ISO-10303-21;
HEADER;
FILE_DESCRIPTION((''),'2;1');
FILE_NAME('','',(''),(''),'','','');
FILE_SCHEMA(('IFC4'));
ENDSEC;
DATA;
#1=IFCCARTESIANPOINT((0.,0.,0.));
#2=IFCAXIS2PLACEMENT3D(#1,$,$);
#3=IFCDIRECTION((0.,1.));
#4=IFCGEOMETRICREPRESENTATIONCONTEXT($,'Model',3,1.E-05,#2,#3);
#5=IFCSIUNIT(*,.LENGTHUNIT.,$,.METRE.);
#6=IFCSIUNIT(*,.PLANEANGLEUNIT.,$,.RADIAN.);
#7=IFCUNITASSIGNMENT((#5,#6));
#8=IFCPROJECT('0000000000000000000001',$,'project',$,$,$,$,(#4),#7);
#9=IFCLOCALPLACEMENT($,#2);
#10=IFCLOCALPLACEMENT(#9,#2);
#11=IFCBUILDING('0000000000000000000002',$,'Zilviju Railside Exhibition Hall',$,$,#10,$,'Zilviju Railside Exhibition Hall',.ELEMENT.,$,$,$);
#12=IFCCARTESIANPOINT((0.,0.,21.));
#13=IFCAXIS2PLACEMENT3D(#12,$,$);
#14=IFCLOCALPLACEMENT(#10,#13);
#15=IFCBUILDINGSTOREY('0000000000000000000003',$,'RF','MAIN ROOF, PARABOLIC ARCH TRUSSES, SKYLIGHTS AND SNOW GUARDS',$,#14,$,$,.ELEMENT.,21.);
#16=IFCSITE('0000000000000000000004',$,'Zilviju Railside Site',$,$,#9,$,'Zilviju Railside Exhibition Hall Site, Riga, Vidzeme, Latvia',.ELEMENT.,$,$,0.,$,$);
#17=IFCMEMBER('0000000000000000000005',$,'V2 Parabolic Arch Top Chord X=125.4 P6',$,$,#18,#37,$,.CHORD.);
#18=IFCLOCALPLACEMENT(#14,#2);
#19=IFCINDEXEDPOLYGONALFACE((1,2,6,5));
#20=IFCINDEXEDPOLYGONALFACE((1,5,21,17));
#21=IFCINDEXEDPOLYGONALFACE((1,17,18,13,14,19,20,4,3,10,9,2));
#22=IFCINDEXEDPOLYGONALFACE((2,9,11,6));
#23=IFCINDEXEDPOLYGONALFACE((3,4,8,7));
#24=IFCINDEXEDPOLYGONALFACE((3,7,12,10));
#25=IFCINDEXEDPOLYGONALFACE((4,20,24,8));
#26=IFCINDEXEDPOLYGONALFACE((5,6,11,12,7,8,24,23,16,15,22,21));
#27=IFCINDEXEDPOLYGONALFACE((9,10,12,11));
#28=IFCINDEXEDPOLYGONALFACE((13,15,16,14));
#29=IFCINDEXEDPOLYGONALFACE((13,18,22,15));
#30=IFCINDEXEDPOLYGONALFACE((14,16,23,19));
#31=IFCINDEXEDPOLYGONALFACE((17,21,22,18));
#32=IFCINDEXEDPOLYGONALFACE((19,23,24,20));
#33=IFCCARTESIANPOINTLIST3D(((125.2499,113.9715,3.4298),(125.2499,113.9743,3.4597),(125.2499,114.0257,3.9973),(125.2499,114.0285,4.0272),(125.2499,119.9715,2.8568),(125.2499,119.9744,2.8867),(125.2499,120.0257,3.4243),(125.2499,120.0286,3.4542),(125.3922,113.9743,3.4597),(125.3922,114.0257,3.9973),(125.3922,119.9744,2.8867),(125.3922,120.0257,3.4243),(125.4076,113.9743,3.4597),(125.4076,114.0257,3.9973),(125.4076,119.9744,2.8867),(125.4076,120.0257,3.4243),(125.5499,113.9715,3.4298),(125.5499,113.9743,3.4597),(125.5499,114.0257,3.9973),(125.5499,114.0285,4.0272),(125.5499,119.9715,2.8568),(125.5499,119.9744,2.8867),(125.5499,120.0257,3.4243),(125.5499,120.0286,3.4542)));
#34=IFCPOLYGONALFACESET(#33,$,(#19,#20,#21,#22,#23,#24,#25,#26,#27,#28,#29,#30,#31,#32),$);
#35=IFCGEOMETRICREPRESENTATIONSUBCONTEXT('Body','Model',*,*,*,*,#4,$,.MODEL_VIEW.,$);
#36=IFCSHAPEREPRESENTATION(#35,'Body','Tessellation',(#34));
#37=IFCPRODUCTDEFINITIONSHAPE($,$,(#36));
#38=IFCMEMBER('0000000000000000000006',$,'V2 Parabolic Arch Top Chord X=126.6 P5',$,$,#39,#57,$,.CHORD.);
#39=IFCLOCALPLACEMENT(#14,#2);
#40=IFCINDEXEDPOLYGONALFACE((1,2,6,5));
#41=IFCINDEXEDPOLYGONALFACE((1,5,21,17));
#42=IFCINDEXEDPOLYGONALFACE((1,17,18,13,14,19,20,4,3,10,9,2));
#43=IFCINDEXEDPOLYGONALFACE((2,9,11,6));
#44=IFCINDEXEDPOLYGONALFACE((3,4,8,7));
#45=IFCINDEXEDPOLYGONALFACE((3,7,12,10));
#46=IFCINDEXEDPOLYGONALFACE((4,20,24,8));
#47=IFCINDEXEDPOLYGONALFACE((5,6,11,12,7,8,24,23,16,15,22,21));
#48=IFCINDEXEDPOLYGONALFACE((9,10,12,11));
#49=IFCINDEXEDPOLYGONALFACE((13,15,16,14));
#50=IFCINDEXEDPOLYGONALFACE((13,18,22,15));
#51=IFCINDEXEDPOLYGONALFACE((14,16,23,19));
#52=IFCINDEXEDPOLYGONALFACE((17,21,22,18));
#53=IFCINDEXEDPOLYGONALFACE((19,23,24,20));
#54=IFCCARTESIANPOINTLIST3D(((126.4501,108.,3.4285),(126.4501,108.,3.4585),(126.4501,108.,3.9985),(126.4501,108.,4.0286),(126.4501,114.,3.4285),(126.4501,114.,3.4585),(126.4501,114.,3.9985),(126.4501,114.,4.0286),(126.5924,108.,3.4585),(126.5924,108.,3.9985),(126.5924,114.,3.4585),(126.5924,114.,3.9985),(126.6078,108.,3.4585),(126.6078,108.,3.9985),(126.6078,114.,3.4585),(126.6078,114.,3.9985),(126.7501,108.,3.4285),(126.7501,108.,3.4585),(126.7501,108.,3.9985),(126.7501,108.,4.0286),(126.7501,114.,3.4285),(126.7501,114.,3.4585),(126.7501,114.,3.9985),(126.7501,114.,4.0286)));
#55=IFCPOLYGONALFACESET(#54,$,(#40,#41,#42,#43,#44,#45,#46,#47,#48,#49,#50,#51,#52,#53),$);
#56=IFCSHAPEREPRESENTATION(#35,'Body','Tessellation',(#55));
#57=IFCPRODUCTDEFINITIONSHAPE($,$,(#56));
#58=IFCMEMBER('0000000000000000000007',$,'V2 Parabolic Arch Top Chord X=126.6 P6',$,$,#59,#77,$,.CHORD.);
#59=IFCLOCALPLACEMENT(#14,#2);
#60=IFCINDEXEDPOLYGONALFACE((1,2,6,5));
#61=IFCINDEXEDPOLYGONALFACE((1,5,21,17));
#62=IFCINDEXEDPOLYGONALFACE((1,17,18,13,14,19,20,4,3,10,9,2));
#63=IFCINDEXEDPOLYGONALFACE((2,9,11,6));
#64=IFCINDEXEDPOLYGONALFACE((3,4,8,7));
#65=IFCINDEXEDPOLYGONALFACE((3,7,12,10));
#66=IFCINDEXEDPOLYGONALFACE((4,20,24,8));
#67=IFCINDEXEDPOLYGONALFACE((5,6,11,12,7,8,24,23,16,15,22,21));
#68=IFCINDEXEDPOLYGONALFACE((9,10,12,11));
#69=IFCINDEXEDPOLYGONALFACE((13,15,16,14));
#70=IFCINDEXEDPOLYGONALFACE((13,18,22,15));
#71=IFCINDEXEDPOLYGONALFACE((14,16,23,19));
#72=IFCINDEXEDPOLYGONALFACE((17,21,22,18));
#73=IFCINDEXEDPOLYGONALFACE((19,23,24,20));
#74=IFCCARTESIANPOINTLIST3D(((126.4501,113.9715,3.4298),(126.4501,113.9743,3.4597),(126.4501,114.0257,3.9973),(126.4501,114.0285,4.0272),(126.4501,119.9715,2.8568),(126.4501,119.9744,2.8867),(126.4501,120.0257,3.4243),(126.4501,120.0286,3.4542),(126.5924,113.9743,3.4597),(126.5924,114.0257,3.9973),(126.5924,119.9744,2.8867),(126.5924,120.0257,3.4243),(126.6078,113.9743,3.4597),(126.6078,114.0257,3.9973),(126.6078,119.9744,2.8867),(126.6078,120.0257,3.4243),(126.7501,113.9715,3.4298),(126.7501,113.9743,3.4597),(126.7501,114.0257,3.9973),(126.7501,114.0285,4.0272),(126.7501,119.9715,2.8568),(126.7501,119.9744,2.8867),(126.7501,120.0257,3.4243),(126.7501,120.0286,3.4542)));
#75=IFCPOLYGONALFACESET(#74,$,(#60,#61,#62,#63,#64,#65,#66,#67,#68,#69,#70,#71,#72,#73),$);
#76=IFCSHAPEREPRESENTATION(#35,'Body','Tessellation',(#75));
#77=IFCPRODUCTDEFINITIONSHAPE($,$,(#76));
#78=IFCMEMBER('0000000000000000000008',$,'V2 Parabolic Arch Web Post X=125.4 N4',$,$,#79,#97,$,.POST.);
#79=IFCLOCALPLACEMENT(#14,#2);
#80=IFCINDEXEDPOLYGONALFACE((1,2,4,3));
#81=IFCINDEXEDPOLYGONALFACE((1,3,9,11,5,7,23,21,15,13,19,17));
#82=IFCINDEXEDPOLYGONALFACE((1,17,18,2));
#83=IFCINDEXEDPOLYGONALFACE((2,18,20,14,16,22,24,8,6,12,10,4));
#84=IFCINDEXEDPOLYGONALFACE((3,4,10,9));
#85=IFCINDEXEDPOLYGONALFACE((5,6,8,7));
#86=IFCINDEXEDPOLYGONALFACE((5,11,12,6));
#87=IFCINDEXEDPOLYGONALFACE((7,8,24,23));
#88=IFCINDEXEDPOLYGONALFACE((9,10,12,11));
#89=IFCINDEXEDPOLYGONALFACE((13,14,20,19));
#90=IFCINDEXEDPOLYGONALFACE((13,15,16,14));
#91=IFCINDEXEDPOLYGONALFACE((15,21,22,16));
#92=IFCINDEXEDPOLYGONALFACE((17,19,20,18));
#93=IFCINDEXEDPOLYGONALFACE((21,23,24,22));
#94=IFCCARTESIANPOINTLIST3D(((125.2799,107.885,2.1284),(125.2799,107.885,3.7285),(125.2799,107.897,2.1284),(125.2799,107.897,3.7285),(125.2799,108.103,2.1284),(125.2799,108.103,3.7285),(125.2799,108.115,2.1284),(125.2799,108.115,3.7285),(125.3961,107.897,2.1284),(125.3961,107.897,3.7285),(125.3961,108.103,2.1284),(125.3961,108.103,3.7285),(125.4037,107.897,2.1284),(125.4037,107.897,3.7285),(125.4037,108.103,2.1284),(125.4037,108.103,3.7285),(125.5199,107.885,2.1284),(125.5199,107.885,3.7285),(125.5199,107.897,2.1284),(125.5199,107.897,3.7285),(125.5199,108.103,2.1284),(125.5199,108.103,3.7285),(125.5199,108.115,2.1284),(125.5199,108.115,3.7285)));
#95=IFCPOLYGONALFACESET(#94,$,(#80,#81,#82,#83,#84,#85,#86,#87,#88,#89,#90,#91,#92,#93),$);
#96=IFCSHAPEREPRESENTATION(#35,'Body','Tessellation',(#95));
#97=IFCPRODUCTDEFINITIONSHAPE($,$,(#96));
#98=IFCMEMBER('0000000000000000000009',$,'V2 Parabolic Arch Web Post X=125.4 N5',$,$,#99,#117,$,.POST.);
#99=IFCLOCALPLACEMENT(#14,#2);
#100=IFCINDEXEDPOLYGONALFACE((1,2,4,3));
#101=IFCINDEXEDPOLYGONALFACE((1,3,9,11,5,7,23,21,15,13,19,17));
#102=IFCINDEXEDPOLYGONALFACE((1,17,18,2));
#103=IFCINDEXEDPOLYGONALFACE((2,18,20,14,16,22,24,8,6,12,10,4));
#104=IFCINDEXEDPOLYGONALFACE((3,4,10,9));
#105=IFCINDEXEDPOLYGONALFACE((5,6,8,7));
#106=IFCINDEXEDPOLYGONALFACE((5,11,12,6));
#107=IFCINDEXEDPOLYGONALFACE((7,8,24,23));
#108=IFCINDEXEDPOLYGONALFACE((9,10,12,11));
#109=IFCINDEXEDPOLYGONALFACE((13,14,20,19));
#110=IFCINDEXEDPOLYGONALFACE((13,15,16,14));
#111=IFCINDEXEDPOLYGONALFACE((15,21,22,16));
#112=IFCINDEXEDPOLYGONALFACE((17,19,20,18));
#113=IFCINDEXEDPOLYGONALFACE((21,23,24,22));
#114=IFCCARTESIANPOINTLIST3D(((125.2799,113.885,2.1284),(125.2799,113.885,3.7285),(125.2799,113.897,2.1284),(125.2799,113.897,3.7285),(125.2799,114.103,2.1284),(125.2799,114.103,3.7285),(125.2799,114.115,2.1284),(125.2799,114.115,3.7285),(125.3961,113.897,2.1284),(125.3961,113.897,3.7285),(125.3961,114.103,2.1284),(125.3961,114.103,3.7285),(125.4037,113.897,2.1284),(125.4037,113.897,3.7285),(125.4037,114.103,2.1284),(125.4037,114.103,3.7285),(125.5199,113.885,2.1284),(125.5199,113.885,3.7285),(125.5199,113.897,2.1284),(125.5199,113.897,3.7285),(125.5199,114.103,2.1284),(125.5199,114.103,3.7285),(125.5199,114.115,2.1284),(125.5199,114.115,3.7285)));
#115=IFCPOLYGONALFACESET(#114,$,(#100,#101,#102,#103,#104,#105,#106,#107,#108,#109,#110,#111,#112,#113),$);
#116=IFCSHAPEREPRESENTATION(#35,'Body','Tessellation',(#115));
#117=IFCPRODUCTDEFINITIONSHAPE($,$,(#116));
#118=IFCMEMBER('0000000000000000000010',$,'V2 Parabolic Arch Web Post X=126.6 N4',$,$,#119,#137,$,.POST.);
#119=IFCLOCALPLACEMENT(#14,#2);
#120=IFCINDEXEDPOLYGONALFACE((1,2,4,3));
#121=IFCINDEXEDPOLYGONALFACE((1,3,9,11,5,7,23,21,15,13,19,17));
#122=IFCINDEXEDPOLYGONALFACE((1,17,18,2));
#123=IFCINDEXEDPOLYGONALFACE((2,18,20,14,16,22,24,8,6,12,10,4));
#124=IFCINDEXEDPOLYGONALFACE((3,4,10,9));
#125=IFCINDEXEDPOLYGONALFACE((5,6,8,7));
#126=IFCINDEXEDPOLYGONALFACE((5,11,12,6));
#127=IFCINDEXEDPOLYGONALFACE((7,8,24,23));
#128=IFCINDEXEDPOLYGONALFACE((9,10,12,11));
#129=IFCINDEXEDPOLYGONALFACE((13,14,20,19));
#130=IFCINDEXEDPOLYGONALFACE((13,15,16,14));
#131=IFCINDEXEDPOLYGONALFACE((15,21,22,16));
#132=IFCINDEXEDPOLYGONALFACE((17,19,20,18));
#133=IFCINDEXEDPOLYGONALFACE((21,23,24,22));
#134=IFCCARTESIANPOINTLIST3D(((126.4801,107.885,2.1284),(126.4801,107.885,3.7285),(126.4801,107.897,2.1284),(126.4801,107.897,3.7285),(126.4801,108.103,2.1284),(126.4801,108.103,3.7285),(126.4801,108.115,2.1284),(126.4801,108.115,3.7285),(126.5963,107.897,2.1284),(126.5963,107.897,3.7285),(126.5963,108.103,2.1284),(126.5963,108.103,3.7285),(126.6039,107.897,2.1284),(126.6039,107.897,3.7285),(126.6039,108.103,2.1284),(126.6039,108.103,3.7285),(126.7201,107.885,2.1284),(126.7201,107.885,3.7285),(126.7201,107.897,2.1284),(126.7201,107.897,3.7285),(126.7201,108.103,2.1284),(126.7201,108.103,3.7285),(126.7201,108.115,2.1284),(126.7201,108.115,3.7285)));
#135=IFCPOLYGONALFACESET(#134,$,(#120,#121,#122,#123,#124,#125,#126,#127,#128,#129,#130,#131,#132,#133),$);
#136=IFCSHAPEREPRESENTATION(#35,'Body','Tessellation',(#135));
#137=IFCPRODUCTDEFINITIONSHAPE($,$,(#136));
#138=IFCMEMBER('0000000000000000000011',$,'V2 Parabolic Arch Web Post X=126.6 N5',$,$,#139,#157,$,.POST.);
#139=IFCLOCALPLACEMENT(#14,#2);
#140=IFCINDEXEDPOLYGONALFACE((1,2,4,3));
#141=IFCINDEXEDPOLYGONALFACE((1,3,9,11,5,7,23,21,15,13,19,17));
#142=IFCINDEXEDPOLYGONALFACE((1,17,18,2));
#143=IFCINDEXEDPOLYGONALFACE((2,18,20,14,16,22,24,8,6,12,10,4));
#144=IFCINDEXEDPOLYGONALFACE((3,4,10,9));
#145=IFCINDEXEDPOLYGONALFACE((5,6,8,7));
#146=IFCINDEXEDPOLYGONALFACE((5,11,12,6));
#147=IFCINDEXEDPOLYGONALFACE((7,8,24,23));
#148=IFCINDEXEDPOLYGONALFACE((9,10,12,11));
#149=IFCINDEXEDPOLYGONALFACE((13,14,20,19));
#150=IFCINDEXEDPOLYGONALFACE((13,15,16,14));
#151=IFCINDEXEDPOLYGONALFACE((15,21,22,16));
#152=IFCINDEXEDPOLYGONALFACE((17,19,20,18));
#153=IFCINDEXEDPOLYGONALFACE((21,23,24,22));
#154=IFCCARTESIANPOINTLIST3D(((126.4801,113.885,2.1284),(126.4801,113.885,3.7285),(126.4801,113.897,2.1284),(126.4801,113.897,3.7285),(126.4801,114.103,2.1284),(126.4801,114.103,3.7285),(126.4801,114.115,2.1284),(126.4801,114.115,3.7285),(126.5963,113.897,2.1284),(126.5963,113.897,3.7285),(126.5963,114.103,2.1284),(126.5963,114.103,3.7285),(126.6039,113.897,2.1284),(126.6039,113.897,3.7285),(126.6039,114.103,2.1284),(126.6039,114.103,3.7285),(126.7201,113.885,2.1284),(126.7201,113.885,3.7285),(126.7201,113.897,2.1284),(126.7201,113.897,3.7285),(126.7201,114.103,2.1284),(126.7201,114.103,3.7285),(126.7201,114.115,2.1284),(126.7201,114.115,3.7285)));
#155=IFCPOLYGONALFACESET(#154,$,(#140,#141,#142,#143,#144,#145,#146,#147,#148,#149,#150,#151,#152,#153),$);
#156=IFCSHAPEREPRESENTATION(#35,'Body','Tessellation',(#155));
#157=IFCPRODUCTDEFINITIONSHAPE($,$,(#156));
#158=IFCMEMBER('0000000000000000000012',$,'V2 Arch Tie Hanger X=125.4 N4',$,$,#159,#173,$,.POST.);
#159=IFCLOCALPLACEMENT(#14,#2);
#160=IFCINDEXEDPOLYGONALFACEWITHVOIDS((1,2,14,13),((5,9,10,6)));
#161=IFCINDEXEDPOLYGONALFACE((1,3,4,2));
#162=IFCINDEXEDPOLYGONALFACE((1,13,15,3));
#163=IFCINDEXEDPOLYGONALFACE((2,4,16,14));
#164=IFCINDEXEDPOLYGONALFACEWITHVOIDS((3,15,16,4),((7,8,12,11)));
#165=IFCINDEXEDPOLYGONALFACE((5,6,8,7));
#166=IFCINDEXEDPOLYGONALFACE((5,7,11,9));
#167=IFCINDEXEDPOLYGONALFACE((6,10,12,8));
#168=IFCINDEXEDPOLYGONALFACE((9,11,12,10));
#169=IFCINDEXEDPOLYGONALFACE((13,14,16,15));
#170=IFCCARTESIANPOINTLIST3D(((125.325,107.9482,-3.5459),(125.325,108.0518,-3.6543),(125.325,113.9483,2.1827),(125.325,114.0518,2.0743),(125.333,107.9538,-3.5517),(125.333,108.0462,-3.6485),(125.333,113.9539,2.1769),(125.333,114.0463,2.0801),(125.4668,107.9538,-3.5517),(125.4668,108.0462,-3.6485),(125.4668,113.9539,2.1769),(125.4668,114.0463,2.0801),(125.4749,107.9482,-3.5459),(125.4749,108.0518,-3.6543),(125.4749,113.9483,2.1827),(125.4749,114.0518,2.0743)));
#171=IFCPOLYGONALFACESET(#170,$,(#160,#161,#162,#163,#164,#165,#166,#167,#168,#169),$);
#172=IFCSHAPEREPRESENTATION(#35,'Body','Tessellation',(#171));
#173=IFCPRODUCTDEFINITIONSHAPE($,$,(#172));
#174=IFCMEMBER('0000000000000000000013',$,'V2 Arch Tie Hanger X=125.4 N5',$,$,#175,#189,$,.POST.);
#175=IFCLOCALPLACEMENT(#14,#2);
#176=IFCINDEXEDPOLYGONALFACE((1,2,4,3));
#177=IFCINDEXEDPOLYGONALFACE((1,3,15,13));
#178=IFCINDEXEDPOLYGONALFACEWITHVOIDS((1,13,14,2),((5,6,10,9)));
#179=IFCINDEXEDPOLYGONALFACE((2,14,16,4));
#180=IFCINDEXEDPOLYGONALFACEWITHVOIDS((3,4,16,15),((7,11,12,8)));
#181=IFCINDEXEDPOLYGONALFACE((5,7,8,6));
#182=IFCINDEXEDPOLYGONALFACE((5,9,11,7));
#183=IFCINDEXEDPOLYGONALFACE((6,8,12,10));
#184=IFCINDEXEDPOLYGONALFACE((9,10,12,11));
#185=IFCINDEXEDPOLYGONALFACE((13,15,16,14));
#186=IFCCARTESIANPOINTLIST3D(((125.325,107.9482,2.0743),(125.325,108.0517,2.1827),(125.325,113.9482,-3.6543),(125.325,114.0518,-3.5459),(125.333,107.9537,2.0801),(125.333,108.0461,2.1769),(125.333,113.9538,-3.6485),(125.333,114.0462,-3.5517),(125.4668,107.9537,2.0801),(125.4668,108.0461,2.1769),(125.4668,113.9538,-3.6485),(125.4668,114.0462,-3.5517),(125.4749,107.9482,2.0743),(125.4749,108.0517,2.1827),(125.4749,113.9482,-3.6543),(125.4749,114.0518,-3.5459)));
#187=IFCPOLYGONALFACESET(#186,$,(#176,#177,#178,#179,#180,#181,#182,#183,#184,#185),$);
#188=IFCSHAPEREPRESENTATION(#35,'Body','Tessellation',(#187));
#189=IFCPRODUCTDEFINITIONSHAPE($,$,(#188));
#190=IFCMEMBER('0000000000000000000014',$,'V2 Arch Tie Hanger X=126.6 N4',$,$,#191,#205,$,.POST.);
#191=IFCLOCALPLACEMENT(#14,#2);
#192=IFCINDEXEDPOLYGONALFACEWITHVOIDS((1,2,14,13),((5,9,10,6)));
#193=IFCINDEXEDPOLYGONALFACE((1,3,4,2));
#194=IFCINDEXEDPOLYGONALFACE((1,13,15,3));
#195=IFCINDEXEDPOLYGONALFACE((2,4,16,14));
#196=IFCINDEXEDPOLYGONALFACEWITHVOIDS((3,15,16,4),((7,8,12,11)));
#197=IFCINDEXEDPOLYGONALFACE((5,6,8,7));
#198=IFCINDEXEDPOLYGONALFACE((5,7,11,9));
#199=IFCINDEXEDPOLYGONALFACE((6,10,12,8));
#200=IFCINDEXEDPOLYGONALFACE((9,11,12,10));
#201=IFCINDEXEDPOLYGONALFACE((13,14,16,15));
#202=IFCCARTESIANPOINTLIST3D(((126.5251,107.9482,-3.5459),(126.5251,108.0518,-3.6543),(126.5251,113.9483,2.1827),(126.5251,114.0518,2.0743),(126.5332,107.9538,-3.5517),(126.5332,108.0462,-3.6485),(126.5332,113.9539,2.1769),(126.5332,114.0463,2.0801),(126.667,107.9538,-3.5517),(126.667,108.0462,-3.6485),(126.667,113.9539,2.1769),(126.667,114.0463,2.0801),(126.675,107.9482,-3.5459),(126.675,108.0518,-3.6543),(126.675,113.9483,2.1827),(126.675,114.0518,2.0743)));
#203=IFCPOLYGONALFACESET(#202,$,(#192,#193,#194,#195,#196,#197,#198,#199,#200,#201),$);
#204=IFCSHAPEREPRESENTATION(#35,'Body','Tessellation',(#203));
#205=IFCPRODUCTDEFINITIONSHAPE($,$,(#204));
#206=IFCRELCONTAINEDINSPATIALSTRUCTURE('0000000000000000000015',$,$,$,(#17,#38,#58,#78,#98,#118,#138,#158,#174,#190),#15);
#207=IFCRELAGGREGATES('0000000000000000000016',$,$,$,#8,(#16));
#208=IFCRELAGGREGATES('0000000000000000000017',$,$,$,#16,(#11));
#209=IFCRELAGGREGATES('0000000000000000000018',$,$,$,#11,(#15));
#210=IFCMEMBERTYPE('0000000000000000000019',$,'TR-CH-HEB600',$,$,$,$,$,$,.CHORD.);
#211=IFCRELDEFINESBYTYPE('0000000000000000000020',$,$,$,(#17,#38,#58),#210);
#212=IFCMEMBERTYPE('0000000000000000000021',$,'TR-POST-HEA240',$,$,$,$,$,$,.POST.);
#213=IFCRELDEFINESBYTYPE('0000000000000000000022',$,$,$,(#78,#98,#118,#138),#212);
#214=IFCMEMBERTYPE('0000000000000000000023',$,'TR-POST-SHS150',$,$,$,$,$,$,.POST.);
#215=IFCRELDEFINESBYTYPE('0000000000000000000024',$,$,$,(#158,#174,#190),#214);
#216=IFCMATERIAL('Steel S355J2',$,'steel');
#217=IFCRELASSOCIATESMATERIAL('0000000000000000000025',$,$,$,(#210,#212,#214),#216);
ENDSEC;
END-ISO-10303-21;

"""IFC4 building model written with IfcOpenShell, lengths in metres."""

from ifc_helpers import new_model, si_unit, direction, frame, origin, origin_2d, place, context, subcontext, project, spatial, hollow_rectangle, i_section, extrude, material, material_profile, profile_set, type_object, element, save


model = new_model("IFC4")

# Units and contexts
model_context = context("Model", 3, precision=1e-05, world=origin(), true_north=direction((0.0, 1.0)))
body_context = subcontext(model_context, "Body", "Model", "MODEL_VIEW")
ifc_project = project(units=[si_unit("LENGTHUNIT", "METRE"), si_unit("PLANEANGLEUNIT", "RADIAN")], contexts=[model_context])

# Site, building, storey
site_placement = place(None, origin())
site = spatial("IfcSite", under=ifc_project, at=site_placement, Name="Zilviju Railside Site", LongName="Zilviju Railside Exhibition Hall Site, Riga, Vidzeme, Latvia", CompositionType="ELEMENT", RefElevation=0.0)
building_placement = place(site_placement, origin())
building = spatial("IfcBuilding", under=site, at=building_placement, Name="Zilviju Railside Exhibition Hall", LongName="Zilviju Railside Exhibition Hall", CompositionType="ELEMENT")
storey_placement = place(building_placement, frame((0.0, 0.0, 21.0)))
storey = spatial("IfcBuildingStorey", under=building, at=storey_placement, Name="RF", Description="MAIN ROOF, PARABOLIC ARCH TRUSSES, SKYLIGHTS AND SNOW GUARDS", CompositionType="ELEMENT", Elevation=21.0)

# Members
ifc_material_1 = material(Name="Steel S355J2", Category="steel")
ifc_material_profile_1 = material_profile(ifc_material_1, i_section(OverallWidth=0.3, OverallDepth=0.6001, WebThickness=0.0154, FlangeThickness=0.03, at=origin_2d()), Name="HEB 600")
ifc_profile_set_1 = profile_set([ifc_material_profile_1], Name="Steel S355J2")
member_type_1 = type_object("IfcMemberType", Name="TR-CH-HEB600", PredefinedType="CHORD", material=ifc_profile_set_1)
member_1_placement = place(storey_placement, frame((125.3999, 114.0, 3.7285), z_axis=(0.0, 0.995471, -0.095067), x_axis=(-1.0, 0.0, 0.0)))
element("IfcMember", 1, at=member_1_placement, inside=storey, type_object=member_type_1, Name="V2 Parabolic Arch Top Chord X=125.4 P6", PredefinedType="CHORD", context=body_context, shape_type="SweptSolid", body=[
    extrude(i_section(OverallWidth=0.3, OverallDepth=0.6001, WebThickness=0.0154, FlangeThickness=0.03, at=origin_2d()), origin(), (0.0, 0.0, 1.0), 6.0273),
])
member_2_placement = place(storey_placement, frame((126.6001, 108.0, 3.7285), z_axis=(0.0, 1.0, 0.0), x_axis=(-1.0, 0.0, 0.0)))
element("IfcMember", 2, at=member_2_placement, inside=storey, type_object=member_type_1, Name="V2 Parabolic Arch Top Chord X=126.6 P5", PredefinedType="CHORD", context=body_context, shape_type="SweptSolid", body=[
    extrude(i_section(OverallWidth=0.3, OverallDepth=0.6001, WebThickness=0.0154, FlangeThickness=0.03, at=origin_2d()), origin(), (0.0, 0.0, 1.0), 6.0),
])
member_3_placement = place(storey_placement, frame((126.6001, 114.0, 3.7285), z_axis=(0.0, 0.995471, -0.095067), x_axis=(-1.0, 0.0, 0.0)))
element("IfcMember", 3, at=member_3_placement, inside=storey, type_object=member_type_1, Name="V2 Parabolic Arch Top Chord X=126.6 P6", PredefinedType="CHORD", context=body_context, shape_type="SweptSolid", body=[
    extrude(i_section(OverallWidth=0.3, OverallDepth=0.6001, WebThickness=0.0154, FlangeThickness=0.03, at=origin_2d()), origin(), (0.0, 0.0, 1.0), 6.0273),
])
ifc_material_profile_2 = material_profile(ifc_material_1, i_section(OverallWidth=0.24, OverallDepth=0.23, WebThickness=0.0076, FlangeThickness=0.012, at=origin_2d()), Name="HEA 240")
ifc_profile_set_2 = profile_set([ifc_material_profile_2], Name="Steel S355J2")
member_type_2 = type_object("IfcMemberType", Name="TR-POST-HEA240", PredefinedType="POST", material=ifc_profile_set_2)
for number, where, z_axis, x_axis, name in (
    (4, (125.3999, 108.0, 2.1284), (0.0, 0.0, 1.0), (1.0, 0.0, 0.0), "V2 Parabolic Arch Web Post X=125.4 N4"),
    (5, (125.3999, 114.0, 2.1284), (0.0, 0.0, 1.0), (1.0, 0.0, 0.0), "V2 Parabolic Arch Web Post X=125.4 N5"),
    (6, (126.6001, 108.0, 2.1284), (0.0, 0.0, 1.0), (1.0, 0.0, 0.0), "V2 Parabolic Arch Web Post X=126.6 N4"),
    (7, (126.6001, 114.0, 2.1284), (0.0, 0.0, 1.0), (1.0, 0.0, 0.0), "V2 Parabolic Arch Web Post X=126.6 N5"),
):
    element("IfcMember", number, at=place(storey_placement, frame(where, z_axis=z_axis, x_axis=x_axis)), inside=storey, type_object=member_type_2, Name=name, PredefinedType="POST", context=body_context, shape_type="SweptSolid", body=[
        extrude(i_section(OverallWidth=0.24, OverallDepth=0.23, WebThickness=0.0076, FlangeThickness=0.012, at=origin_2d()), origin(), (0.0, 0.0, 1.0), 1.6001),
    ])
ifc_material_profile_3 = material_profile(ifc_material_1, hollow_rectangle(XDim=0.1499, YDim=0.1499, WallThickness=0.0081, at=origin_2d()), Name="SHS 150x150x8.0")
ifc_profile_set_3 = profile_set([ifc_material_profile_3], Name="Steel S355J2")
member_type_3 = type_object("IfcMemberType", Name="TR-POST-SHS150", PredefinedType="POST", material=ifc_profile_set_3)
for number, where, z_axis, x_axis, name in (
    (8, (125.3999, 108.0, -3.6001), (0.0, 0.723281, 0.690554), (-1.0, 0.0, 0.0), "V2 Arch Tie Hanger X=125.4 N4"),
    (9, (125.3999, 114.0, -3.6001), (0.0, -0.723281, 0.690554), (1.0, 0.0, 0.0), "V2 Arch Tie Hanger X=125.4 N5"),
    (10, (126.6001, 108.0, -3.6001), (0.0, 0.723281, 0.690554), (-1.0, 0.0, 0.0), "V2 Arch Tie Hanger X=126.6 N4"),
):
    element("IfcMember", number, at=place(storey_placement, frame(where, z_axis=z_axis, x_axis=x_axis)), inside=storey, type_object=member_type_3, Name=name, PredefinedType="POST", context=body_context, shape_type="SweptSolid", body=[
        extrude(hollow_rectangle(XDim=0.1499, YDim=0.1499, WallThickness=0.0081, at=origin_2d()), origin(), (0.0, 0.0, 1.0), 8.2957),
    ])

save(model, "model.ifc")
